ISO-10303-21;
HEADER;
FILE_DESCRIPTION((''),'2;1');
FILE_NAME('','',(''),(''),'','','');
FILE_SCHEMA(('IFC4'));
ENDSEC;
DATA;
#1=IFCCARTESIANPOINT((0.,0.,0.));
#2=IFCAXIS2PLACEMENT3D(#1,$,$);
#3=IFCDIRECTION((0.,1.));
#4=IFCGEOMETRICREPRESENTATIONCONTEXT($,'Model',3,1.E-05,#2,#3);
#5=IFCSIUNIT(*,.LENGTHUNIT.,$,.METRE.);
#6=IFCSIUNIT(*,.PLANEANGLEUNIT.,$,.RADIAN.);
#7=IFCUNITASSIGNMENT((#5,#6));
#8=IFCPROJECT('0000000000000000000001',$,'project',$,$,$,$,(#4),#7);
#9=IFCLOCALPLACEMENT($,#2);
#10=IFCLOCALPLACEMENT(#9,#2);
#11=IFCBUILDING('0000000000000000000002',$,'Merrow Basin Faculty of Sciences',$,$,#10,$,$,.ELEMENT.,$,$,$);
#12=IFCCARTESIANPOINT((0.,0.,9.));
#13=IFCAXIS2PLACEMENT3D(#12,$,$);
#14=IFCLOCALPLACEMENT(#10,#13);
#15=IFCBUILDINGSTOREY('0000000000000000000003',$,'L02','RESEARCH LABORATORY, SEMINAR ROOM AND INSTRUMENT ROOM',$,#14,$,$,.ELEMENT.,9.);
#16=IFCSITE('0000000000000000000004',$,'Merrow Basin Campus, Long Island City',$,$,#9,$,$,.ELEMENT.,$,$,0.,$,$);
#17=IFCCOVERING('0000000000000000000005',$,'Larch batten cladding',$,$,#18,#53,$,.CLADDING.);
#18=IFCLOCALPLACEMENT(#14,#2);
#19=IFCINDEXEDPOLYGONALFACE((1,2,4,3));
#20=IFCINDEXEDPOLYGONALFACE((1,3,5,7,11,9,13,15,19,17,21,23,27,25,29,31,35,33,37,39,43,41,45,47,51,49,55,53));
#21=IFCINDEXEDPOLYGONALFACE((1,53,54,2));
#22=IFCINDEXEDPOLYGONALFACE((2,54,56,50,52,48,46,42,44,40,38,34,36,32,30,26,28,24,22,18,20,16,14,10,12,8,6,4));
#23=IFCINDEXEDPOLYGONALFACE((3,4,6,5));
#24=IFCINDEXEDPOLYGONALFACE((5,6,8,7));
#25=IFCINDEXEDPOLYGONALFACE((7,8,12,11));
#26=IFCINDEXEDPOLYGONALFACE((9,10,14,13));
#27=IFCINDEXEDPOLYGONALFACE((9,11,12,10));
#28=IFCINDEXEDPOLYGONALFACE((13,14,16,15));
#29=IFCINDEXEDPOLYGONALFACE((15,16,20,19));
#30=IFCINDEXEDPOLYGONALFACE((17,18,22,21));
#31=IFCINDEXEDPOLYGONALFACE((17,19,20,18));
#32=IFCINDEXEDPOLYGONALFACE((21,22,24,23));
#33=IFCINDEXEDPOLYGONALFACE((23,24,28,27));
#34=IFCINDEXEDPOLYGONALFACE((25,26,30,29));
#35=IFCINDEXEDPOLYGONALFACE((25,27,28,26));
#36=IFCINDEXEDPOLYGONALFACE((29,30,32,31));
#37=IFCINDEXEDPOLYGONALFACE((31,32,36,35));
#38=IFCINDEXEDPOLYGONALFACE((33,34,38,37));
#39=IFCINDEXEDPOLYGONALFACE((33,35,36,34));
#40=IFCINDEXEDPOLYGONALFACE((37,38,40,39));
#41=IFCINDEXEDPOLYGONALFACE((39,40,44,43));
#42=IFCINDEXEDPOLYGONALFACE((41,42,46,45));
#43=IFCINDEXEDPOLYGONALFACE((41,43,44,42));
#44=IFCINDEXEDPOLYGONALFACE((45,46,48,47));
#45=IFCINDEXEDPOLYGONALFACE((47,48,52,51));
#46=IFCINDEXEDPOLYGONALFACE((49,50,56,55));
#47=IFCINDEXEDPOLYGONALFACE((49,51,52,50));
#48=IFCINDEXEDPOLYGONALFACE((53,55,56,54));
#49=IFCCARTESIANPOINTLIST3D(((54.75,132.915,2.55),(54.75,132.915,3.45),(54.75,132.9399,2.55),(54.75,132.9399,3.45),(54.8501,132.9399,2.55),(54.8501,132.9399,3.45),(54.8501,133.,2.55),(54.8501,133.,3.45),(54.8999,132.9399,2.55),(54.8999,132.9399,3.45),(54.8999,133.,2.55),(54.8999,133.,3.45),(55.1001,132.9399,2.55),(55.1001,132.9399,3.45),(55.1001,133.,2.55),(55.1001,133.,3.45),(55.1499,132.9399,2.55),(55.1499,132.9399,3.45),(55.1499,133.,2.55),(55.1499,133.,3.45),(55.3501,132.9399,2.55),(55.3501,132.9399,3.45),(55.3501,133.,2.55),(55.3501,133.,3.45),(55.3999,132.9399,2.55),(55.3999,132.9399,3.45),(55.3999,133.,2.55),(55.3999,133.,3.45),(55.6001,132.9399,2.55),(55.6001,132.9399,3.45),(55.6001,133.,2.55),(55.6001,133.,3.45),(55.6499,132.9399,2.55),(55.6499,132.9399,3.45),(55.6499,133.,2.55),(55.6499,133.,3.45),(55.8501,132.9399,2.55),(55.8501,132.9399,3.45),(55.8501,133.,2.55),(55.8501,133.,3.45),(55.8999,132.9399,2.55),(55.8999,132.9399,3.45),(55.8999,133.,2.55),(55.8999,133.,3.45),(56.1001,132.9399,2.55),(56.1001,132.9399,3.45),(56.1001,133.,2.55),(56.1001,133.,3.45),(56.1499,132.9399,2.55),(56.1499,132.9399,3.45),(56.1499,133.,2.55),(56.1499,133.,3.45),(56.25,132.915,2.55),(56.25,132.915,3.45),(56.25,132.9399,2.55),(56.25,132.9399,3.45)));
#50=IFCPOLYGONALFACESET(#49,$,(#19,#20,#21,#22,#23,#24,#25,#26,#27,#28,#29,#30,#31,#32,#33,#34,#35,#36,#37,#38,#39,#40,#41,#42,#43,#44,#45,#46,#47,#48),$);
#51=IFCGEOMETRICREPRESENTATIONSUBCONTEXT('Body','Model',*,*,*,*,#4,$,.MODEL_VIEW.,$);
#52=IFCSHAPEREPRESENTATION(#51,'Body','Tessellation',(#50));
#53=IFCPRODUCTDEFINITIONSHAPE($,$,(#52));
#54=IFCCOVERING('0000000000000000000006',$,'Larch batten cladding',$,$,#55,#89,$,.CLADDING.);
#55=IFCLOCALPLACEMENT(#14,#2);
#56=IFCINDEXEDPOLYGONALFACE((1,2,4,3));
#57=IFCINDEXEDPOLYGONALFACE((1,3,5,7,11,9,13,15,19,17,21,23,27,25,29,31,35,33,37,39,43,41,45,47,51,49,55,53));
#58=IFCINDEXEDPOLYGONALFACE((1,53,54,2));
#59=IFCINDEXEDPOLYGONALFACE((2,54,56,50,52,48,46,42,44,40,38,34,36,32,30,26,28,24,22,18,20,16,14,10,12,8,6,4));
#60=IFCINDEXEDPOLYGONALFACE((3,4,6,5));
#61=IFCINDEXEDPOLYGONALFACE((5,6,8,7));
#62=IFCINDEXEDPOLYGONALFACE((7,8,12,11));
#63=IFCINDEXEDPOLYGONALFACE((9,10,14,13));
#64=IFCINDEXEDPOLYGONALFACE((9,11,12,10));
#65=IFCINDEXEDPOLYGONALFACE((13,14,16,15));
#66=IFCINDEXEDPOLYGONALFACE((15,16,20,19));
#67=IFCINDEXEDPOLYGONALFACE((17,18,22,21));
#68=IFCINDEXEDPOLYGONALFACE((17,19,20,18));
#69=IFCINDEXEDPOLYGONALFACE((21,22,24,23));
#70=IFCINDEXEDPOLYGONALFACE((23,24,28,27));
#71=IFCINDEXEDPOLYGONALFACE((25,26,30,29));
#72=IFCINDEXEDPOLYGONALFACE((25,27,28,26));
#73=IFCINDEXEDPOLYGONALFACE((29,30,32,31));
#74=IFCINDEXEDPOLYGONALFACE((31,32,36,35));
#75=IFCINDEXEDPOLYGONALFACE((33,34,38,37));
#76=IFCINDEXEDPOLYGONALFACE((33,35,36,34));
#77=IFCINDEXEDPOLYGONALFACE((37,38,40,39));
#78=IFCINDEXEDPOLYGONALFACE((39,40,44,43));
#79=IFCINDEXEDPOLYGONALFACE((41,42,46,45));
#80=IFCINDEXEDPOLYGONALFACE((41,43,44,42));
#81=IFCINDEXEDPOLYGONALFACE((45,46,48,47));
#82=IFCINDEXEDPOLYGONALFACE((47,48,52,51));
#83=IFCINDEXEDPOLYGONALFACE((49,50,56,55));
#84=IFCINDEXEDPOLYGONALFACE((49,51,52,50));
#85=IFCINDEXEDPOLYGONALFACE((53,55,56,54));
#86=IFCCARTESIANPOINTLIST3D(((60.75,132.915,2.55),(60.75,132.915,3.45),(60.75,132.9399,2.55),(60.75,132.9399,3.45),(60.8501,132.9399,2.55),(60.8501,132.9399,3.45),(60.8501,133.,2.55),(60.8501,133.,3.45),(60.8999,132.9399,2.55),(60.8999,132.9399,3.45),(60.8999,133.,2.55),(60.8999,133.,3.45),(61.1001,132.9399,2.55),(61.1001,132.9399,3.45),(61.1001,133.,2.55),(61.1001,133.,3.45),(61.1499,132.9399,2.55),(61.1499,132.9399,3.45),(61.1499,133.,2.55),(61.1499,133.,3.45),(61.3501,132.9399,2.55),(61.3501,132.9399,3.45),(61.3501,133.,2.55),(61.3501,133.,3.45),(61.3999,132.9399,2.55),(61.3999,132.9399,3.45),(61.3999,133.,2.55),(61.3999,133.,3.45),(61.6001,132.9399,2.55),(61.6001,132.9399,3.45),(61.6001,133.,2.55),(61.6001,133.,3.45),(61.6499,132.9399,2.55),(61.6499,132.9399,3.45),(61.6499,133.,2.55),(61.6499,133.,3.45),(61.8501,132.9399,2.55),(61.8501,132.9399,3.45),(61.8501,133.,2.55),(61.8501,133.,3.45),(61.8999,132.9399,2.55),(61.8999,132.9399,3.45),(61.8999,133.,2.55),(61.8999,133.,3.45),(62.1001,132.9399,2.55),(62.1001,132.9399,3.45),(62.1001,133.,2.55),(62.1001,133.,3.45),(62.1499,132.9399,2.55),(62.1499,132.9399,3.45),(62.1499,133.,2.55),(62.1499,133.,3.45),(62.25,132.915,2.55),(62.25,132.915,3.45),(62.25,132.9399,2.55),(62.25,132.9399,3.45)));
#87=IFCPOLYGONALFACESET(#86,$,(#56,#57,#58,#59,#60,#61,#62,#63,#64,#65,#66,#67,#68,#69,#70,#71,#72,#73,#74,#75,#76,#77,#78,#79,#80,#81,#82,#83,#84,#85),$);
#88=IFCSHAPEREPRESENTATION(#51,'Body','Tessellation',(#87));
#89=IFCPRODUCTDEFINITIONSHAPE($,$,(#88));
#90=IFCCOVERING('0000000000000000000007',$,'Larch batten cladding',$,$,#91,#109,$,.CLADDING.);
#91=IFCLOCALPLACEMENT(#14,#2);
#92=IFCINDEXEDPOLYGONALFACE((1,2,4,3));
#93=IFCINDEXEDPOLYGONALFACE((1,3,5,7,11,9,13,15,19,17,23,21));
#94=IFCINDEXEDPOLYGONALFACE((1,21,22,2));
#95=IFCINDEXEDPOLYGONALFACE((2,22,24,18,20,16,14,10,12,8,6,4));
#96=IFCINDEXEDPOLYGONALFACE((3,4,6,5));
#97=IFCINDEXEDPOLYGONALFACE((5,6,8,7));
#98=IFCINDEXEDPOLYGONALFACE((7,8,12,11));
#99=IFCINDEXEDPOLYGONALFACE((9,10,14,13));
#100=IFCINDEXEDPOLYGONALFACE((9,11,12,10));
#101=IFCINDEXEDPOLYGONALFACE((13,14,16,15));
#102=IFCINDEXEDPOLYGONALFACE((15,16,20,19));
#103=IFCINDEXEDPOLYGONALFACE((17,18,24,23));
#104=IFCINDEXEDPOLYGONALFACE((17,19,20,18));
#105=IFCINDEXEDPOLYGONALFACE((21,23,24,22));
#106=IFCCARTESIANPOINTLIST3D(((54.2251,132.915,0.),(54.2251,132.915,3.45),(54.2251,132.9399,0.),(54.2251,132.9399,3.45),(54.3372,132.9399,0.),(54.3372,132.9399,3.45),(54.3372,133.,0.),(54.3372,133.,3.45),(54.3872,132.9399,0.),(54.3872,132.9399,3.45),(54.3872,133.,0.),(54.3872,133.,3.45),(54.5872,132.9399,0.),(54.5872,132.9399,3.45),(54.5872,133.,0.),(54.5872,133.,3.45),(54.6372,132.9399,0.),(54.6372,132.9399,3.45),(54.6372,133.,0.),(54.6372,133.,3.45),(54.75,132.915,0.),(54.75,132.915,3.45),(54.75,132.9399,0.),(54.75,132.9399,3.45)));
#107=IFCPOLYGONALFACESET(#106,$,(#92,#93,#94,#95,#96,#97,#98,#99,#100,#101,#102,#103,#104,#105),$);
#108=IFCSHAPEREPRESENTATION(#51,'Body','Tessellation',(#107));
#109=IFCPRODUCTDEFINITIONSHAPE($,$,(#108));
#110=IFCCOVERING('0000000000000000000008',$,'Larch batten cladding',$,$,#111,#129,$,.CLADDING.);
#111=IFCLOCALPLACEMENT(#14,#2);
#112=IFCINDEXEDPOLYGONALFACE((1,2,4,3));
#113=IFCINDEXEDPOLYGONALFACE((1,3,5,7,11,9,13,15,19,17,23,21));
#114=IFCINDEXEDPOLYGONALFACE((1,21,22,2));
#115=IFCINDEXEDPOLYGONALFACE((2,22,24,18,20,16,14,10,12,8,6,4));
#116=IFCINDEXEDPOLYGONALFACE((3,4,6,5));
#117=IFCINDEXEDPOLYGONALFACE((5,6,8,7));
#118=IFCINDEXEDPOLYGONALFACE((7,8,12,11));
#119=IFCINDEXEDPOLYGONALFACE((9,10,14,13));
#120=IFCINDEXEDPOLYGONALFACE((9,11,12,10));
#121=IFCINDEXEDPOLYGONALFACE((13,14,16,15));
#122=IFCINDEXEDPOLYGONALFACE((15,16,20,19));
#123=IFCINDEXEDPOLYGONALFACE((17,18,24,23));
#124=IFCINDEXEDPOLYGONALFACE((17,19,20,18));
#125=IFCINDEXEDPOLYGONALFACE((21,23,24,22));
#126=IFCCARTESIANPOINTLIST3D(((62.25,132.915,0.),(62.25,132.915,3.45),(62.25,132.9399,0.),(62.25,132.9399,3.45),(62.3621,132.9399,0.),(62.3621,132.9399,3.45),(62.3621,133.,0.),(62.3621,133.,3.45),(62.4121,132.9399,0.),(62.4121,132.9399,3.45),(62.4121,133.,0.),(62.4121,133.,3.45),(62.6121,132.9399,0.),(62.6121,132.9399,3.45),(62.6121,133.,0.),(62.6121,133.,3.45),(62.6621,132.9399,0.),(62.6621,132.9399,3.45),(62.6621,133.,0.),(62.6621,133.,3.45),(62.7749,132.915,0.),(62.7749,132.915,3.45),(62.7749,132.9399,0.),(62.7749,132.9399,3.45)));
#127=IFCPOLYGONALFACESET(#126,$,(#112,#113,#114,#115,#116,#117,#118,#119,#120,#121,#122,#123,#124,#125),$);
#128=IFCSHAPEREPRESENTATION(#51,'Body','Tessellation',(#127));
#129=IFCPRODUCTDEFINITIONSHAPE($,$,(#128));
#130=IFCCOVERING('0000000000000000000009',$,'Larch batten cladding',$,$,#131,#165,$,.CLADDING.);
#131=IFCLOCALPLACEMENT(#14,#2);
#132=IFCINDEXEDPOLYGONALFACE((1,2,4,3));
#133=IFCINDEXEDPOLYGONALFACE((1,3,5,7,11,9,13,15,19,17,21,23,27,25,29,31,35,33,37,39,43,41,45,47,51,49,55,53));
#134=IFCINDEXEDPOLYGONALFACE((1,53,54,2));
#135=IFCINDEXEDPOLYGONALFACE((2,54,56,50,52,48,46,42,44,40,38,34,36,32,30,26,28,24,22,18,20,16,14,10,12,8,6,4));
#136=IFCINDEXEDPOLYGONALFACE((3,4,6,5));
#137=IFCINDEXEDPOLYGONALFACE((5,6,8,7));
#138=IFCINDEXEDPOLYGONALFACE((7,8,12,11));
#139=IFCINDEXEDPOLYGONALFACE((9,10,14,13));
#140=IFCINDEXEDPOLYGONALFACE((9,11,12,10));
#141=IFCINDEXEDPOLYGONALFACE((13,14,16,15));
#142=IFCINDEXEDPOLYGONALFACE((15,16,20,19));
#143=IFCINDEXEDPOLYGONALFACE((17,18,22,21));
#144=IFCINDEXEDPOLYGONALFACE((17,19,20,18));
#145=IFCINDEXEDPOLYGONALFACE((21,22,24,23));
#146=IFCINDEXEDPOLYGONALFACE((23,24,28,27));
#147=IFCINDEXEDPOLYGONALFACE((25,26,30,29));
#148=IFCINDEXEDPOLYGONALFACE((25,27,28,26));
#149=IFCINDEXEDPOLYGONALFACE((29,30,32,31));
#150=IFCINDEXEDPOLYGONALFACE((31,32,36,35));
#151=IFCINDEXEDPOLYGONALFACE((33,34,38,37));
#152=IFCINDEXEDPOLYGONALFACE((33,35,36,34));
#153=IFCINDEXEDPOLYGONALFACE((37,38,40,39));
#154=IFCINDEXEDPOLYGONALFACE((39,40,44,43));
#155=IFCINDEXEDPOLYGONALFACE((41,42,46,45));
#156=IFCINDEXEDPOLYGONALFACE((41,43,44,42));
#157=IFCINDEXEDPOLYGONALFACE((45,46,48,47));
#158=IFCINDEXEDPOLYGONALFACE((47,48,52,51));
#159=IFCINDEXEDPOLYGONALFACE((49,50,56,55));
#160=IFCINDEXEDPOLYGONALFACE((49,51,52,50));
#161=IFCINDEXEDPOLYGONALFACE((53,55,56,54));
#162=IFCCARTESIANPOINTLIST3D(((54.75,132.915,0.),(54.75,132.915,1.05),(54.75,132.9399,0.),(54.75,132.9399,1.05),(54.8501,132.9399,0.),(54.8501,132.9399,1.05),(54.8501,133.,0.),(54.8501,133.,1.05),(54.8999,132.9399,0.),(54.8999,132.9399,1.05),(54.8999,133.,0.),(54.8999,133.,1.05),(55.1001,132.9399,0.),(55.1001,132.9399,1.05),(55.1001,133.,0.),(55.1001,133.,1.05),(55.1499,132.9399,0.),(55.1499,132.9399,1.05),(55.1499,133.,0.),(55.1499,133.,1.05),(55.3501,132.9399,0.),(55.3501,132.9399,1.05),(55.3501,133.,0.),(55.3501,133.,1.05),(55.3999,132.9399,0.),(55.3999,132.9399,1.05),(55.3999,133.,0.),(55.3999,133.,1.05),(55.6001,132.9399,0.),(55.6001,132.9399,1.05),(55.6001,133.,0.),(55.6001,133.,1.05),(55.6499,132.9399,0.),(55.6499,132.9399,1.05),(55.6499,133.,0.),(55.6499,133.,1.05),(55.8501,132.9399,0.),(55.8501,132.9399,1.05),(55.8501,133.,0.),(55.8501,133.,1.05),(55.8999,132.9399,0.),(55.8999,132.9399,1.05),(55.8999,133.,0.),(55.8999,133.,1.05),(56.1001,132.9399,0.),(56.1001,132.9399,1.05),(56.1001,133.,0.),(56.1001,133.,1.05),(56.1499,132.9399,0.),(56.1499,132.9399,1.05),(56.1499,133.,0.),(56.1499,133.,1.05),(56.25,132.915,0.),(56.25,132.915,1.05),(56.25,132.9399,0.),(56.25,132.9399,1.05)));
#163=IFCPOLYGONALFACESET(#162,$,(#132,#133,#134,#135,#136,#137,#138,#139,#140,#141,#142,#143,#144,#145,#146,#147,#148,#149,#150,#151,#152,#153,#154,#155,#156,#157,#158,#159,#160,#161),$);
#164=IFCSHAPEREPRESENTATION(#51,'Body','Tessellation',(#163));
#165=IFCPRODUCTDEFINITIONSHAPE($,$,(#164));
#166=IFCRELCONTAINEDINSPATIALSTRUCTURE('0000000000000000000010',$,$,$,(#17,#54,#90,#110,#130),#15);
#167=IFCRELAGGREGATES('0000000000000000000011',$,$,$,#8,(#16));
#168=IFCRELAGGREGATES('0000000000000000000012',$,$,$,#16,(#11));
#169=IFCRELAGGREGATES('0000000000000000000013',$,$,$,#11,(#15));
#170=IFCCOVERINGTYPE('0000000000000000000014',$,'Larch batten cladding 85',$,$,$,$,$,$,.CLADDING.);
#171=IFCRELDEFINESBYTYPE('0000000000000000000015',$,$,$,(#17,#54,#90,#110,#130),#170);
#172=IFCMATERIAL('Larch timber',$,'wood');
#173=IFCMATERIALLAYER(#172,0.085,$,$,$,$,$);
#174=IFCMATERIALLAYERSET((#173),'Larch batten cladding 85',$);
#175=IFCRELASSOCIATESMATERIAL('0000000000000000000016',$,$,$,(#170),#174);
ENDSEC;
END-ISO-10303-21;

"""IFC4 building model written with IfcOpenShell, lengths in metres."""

from ifc_helpers import new_model, si_unit, direction, frame, origin, place, context, subcontext, project, spatial, polyline, outline, extrude, source, transform, mapped, material, layer, layer_set, type_object, element, save


model = new_model("IFC4")

# Units and contexts
model_context = context("Model", 3, precision=1e-05, world=origin(), true_north=direction((0.0, 1.0)))
body_context = subcontext(model_context, "Body", "Model", "MODEL_VIEW")
ifc_project = project(units=[si_unit("LENGTHUNIT", "METRE"), si_unit("PLANEANGLEUNIT", "RADIAN")], contexts=[model_context])

# Site, building, storey
site_placement = place(None, origin())
site = spatial("IfcSite", under=ifc_project, at=site_placement, Name="Merrow Basin Campus, Long Island City", CompositionType="ELEMENT", RefElevation=0.0)
building_placement = place(site_placement, origin())
building = spatial("IfcBuilding", under=site, at=building_placement, Name="Merrow Basin Faculty of Sciences", CompositionType="ELEMENT")
storey_placement = place(building_placement, frame((0.0, 0.0, 9.0)))
storey = spatial("IfcBuildingStorey", under=building, at=storey_placement, Name="L02", Description="RESEARCH LABORATORY, SEMINAR ROOM AND INSTRUMENT ROOM", CompositionType="ELEMENT", Elevation=9.0)

# Coverings
ifc_material_1 = material(Name="Larch timber", Category="wood")
ifc_layer_1 = layer(ifc_material_1, 0.085)
ifc_layer_set_1 = layer_set([ifc_layer_1], Name="Larch batten cladding 85")
covering_type_1 = type_object("IfcCoveringType", Name="Larch batten cladding 85", PredefinedType="CLADDING", material=ifc_layer_set_1)
shared_shape_1 = source(origin(), body_context, "Body", "SweptSolid", [
    extrude(outline(polyline([(0.0, 0.0), (1.5, 0.0), (1.5, 0.0249), (1.3999, 0.0249), (1.3999, 0.085), (1.3501, 0.085), (1.3501, 0.0249), (1.1499, 0.0249), (1.1499, 0.085), (1.1001, 0.085), (1.1001, 0.0249), (0.8999, 0.0249), (0.8999, 0.085), (0.8501, 0.085), (0.8501, 0.0249), (0.6499, 0.0249), (0.6499, 0.085), (0.6001, 0.085), (0.6001, 0.0249), (0.3999, 0.0249), (0.3999, 0.085), (0.3501, 0.085), (0.3501, 0.0249), (0.1499, 0.0249), (0.1499, 0.085), (0.1001, 0.085), (0.1001, 0.0249), (0.0, 0.0249), (0.0, 0.0)])), origin(), (0.0, 0.0, 1.0), 0.8999),
])
for number, where, z_axis, x_axis, name in (
    (1, (54.75, 132.915, 2.55), (0.0, 0.0, 1.0), (1.0, 0.0, 0.0), "Larch batten cladding"),
    (2, (60.75, 132.915, 2.55), (0.0, 0.0, 1.0), (1.0, 0.0, 0.0), "Larch batten cladding"),
):
    element("IfcCovering", number, at=place(storey_placement, frame(where, z_axis=z_axis, x_axis=x_axis)), inside=storey, type_object=covering_type_1, Name=name, PredefinedType="CLADDING", context=body_context, shape_type="MappedRepresentation", body=[
        mapped(shared_shape_1, transform((0.0, 0.0, 0.0), scale=1.0)),
    ])
shared_shape_2 = source(origin(), body_context, "Body", "SweptSolid", [
    extrude(outline(polyline([(0.0, 0.0), (0.5249, 0.0), (0.5249, 0.0249), (0.4121, 0.0249), (0.4121, 0.085), (0.3621, 0.085), (0.3621, 0.0249), (0.1621, 0.0249), (0.1621, 0.085), (0.1121, 0.085), (0.1121, 0.0249), (0.0, 0.0249), (0.0, 0.0)])), origin(), (0.0, 0.0, 1.0), 3.45),
])
for number, where, z_axis, x_axis, name in (
    (3, (54.2251, 132.915, 0.0), (0.0, 0.0, 1.0), (1.0, 0.0, 0.0), "Larch batten cladding"),
    (4, (62.25, 132.915, 0.0), (0.0, 0.0, 1.0), (1.0, 0.0, 0.0), "Larch batten cladding"),
):
    element("IfcCovering", number, at=place(storey_placement, frame(where, z_axis=z_axis, x_axis=x_axis)), inside=storey, type_object=covering_type_1, Name=name, PredefinedType="CLADDING", context=body_context, shape_type="MappedRepresentation", body=[
        mapped(shared_shape_2, transform((0.0, 0.0, 0.0), scale=1.0)),
    ])
shared_shape_3 = source(origin(), body_context, "Body", "SweptSolid", [
    extrude(outline(polyline([(0.0, 0.0), (1.5, 0.0), (1.5, 0.0249), (1.3999, 0.0249), (1.3999, 0.085), (1.3501, 0.085), (1.3501, 0.0249), (1.1499, 0.0249), (1.1499, 0.085), (1.1001, 0.085), (1.1001, 0.0249), (0.8999, 0.0249), (0.8999, 0.085), (0.8501, 0.085), (0.8501, 0.0249), (0.6499, 0.0249), (0.6499, 0.085), (0.6001, 0.085), (0.6001, 0.0249), (0.3999, 0.0249), (0.3999, 0.085), (0.3501, 0.085), (0.3501, 0.0249), (0.1499, 0.0249), (0.1499, 0.085), (0.1001, 0.085), (0.1001, 0.0249), (0.0, 0.0249), (0.0, 0.0)])), origin(), (0.0, 0.0, 1.0), 1.05),
])
for number, where, z_axis, x_axis, name in (
    (5, (54.75, 132.915, 0.0), (0.0, 0.0, 1.0), (1.0, 0.0, 0.0), "Larch batten cladding"),
):
    element("IfcCovering", number, at=place(storey_placement, frame(where, z_axis=z_axis, x_axis=x_axis)), inside=storey, type_object=covering_type_1, Name=name, PredefinedType="CLADDING", context=body_context, shape_type="MappedRepresentation", body=[
        mapped(shared_shape_3, transform((0.0, 0.0, 0.0), scale=1.0)),
    ])

save(model, "model.ifc")
